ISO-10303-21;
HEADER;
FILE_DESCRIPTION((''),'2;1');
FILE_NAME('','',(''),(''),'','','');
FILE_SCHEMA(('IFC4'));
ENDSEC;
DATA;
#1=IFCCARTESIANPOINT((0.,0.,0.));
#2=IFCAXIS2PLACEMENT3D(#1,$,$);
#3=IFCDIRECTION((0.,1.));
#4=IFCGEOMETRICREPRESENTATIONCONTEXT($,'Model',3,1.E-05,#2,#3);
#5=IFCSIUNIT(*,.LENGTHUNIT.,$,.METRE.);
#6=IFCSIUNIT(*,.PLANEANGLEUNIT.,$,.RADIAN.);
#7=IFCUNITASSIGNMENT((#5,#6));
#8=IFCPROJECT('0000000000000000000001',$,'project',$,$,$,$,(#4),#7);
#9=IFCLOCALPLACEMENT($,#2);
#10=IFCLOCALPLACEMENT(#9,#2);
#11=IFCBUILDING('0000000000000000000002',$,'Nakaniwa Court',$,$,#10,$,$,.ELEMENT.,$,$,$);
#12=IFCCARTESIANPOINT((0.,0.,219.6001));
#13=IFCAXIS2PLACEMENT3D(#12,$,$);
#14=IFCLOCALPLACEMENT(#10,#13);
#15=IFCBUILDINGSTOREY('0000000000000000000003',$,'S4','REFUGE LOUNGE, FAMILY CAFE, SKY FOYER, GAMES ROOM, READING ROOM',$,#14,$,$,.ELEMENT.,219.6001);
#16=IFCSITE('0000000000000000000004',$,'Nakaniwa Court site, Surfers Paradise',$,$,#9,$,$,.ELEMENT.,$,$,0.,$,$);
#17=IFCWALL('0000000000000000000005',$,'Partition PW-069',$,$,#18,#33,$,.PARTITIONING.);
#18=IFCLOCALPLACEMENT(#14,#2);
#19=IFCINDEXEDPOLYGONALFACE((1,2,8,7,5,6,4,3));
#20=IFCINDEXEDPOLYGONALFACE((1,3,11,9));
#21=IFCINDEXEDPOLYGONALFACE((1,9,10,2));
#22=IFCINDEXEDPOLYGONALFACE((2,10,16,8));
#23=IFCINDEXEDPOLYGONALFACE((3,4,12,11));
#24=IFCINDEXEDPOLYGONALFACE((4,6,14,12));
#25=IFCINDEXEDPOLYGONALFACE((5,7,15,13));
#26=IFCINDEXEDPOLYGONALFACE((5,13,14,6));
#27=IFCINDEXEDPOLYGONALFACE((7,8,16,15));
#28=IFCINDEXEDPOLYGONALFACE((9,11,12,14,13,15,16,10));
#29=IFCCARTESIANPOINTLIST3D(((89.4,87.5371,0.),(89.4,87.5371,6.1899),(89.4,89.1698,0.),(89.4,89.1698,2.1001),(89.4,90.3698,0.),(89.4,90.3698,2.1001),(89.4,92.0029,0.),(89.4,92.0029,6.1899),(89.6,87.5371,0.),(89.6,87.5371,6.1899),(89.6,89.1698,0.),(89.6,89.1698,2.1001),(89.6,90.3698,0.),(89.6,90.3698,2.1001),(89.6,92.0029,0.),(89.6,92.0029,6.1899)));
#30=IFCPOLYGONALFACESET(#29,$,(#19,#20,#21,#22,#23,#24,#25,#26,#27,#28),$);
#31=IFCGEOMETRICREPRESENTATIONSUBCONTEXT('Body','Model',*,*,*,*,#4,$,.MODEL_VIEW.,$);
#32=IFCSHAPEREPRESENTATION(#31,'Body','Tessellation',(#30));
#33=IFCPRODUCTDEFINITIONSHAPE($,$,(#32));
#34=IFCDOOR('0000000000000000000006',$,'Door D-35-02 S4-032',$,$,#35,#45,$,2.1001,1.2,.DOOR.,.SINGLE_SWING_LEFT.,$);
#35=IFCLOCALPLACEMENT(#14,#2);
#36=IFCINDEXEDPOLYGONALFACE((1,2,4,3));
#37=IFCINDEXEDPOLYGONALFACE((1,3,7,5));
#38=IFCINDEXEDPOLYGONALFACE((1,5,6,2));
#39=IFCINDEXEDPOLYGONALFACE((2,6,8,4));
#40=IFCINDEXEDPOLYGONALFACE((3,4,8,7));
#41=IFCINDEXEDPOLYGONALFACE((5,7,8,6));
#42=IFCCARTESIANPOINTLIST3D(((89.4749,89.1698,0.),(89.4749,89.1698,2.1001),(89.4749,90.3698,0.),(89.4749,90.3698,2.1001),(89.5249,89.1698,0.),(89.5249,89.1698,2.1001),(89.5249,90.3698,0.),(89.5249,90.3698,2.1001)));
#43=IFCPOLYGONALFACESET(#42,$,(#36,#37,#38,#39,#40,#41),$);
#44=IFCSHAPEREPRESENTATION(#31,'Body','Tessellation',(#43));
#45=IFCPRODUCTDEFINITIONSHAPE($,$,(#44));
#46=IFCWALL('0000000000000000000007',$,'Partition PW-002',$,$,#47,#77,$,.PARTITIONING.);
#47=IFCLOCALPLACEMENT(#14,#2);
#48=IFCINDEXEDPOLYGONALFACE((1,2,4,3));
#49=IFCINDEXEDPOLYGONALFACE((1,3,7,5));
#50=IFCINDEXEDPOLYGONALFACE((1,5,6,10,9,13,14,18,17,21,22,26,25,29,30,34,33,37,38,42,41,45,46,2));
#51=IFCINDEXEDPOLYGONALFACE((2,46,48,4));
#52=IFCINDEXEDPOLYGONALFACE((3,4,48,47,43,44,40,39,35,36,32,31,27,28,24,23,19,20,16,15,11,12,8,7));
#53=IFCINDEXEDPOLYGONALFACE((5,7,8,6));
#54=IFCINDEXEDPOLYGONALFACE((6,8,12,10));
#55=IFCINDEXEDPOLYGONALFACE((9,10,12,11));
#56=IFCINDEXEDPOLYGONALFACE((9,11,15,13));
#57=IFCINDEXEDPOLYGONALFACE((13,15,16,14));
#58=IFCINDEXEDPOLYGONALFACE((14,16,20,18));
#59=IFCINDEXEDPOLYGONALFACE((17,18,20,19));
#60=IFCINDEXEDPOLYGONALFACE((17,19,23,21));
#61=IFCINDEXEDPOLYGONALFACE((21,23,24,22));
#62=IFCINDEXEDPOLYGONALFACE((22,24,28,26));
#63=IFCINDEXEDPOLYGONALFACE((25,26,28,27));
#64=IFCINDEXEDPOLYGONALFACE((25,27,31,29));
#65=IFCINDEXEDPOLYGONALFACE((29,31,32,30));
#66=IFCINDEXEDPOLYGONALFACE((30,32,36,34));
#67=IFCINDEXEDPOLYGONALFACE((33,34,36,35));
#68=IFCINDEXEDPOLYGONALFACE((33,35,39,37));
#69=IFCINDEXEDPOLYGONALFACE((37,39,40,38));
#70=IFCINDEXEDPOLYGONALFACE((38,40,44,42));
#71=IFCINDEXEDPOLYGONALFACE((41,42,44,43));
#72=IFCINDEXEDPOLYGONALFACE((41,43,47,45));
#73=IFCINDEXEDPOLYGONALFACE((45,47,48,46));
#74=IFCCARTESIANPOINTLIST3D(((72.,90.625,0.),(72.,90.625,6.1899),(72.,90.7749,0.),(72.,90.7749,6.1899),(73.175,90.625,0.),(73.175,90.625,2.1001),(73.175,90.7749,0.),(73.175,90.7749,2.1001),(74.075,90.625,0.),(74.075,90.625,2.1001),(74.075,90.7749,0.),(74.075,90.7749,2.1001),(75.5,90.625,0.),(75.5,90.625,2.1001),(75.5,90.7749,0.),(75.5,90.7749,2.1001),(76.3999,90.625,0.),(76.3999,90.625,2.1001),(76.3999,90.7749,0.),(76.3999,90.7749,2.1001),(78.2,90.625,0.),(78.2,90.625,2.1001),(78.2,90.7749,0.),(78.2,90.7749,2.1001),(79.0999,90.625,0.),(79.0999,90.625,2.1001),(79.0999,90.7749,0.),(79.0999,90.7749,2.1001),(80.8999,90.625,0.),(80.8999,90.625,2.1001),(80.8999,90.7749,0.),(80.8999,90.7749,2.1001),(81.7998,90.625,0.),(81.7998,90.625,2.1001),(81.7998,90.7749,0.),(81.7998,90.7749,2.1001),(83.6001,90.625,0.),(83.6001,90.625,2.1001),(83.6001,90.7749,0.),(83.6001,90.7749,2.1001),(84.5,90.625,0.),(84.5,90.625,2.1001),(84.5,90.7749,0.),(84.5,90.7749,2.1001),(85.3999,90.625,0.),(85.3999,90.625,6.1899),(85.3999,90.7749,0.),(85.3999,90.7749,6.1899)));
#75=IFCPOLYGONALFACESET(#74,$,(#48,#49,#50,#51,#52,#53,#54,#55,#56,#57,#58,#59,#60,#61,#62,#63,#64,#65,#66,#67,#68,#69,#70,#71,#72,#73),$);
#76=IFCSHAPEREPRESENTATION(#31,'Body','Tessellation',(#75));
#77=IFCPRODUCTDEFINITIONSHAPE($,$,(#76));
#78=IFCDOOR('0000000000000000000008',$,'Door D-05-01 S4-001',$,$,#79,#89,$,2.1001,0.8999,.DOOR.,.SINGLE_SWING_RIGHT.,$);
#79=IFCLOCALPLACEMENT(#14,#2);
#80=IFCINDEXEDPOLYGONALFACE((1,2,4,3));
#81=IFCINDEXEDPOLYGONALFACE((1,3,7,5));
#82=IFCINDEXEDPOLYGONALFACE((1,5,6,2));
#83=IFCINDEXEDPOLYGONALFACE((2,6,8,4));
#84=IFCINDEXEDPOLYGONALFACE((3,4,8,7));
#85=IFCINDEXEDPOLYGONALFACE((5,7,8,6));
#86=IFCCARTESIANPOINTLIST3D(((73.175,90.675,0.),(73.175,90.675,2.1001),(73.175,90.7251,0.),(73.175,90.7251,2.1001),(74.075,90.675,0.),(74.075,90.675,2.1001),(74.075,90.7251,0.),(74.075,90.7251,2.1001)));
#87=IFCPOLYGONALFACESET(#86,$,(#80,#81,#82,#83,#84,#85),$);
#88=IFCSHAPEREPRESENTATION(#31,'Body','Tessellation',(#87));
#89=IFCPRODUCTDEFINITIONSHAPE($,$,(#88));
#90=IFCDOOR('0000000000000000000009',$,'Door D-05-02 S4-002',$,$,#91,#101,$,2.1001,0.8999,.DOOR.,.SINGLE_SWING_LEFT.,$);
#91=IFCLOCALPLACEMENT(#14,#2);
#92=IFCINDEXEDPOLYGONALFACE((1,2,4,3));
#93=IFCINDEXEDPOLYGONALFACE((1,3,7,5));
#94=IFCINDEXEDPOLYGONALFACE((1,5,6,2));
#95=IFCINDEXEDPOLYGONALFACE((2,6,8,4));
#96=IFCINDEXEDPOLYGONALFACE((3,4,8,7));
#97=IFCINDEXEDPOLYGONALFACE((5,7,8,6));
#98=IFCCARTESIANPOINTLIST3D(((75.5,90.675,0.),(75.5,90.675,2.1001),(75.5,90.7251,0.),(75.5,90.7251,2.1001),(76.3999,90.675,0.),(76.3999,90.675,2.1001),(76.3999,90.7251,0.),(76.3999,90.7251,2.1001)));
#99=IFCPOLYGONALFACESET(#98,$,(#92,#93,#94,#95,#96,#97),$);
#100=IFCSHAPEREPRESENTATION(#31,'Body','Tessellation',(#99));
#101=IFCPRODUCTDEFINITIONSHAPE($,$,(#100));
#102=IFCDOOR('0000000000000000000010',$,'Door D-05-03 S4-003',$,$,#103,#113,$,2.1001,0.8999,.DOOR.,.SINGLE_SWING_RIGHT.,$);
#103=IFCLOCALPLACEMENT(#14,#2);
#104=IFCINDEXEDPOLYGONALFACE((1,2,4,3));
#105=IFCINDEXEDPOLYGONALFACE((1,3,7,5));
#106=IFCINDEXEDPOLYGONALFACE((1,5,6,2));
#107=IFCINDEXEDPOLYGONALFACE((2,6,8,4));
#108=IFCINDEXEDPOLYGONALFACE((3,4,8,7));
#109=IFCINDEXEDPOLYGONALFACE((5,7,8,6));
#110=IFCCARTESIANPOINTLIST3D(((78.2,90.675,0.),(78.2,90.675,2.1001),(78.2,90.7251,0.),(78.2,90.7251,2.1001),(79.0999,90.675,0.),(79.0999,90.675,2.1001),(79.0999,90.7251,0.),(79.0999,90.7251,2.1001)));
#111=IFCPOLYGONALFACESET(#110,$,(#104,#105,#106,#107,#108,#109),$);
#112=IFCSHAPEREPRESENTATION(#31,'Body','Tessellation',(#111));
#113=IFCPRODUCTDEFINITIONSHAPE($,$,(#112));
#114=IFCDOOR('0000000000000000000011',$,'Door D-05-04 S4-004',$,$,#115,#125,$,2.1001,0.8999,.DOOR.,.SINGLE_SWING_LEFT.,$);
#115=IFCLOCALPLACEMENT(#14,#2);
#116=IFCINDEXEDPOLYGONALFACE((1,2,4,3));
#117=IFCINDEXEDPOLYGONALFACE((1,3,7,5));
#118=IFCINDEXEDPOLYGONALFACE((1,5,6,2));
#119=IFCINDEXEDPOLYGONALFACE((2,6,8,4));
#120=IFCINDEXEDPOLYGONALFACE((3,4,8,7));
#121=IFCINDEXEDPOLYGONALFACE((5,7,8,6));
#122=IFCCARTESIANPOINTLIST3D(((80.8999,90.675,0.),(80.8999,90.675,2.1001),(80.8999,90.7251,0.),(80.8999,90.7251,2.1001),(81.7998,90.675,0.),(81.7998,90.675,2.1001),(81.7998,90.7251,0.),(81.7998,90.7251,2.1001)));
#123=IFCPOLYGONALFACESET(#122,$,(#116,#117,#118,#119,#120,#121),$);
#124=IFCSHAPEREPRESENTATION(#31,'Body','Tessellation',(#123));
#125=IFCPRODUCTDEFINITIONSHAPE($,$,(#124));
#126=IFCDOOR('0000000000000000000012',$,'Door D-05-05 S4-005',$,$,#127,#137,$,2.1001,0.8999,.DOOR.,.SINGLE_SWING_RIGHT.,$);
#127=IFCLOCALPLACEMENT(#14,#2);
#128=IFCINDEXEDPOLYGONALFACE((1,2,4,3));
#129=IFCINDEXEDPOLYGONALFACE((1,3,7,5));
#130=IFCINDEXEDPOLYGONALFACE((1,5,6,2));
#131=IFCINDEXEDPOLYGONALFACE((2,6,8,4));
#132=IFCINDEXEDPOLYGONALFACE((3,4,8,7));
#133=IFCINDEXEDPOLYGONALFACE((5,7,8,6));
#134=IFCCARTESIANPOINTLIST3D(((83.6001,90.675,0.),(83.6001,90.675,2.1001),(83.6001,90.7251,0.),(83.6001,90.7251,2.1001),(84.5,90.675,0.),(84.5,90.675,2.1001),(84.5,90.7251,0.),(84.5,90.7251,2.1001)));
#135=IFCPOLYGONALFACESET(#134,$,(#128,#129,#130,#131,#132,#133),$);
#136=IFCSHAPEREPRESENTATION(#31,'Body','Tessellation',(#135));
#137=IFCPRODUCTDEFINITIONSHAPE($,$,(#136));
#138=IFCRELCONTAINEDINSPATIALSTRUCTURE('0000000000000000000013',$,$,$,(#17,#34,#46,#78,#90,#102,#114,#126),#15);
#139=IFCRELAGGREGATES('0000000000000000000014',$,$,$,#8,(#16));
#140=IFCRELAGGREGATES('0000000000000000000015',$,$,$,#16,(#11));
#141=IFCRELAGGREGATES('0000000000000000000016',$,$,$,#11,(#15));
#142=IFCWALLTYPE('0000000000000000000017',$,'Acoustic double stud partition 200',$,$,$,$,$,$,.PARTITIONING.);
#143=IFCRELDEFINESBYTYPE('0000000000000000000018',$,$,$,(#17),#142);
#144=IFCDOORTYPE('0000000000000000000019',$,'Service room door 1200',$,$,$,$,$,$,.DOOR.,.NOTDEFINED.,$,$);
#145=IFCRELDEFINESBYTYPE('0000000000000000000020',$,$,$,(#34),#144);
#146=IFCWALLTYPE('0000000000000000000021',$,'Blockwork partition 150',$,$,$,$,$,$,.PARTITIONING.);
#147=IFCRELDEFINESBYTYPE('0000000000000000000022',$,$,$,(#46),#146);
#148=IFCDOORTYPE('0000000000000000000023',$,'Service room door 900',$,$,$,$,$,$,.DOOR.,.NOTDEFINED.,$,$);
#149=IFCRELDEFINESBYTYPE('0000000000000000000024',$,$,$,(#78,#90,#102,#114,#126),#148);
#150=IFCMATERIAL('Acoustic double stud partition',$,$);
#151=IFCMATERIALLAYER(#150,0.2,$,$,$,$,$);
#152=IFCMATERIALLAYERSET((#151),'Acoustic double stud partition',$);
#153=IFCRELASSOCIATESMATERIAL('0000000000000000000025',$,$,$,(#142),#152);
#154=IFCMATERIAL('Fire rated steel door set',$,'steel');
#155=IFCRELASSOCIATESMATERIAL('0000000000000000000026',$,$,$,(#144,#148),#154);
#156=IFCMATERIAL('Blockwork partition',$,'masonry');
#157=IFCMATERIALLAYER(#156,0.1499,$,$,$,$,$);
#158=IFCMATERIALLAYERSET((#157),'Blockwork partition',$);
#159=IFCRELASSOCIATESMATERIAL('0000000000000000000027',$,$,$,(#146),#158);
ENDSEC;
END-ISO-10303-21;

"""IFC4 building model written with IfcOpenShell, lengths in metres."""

from ifc_helpers import new_model, si_unit, direction, frame, frame_2d, origin, place, context, subcontext, project, spatial, rectangle, extrude, material, layer, layer_set, type_object, element, fill, save


model = new_model("IFC4")

# Units and contexts
model_context = context("Model", 3, precision=1e-05, world=origin(), true_north=direction((0.0, 1.0)))
body_context = subcontext(model_context, "Body", "Model", "MODEL_VIEW")
ifc_project = project(units=[si_unit("LENGTHUNIT", "METRE"), si_unit("PLANEANGLEUNIT", "RADIAN")], contexts=[model_context])

# Site, building, storey
site_placement = place(None, origin())
site = spatial("IfcSite", under=ifc_project, at=site_placement, Name="Nakaniwa Court site, Surfers Paradise", CompositionType="ELEMENT", RefElevation=0.0)
building_placement = place(site_placement, origin())
building = spatial("IfcBuilding", under=site, at=building_placement, Name="Nakaniwa Court", CompositionType="ELEMENT")
storey_placement = place(building_placement, frame((0.0, 0.0, 219.6001)))
storey = spatial("IfcBuildingStorey", under=building, at=storey_placement, Name="S4", Description="REFUGE LOUNGE, FAMILY CAFE, SKY FOYER, GAMES ROOM, READING ROOM", CompositionType="ELEMENT", Elevation=219.6001)

# Shared definitions
ifc_material_1 = material(Name="Acoustic double stud partition")
ifc_layer_1 = layer(ifc_material_1, 0.2)
ifc_layer_set_1 = layer_set([ifc_layer_1], Name="Acoustic double stud partition")
wall_type_1 = type_object("IfcWallType", Name="Acoustic double stud partition 200", PredefinedType="PARTITIONING", material=ifc_layer_set_1)

# Wall, opening, door
wall_1_placement = place(storey_placement, frame((89.5, 92.0029, 0.0), z_axis=(0.0, 0.0, 1.0), x_axis=(0.0, -1.0, 0.0)))
wall_1 = element("IfcWall", 1, at=wall_1_placement, inside=storey, type_object=wall_type_1, Name="Partition PW-069", PredefinedType="PARTITIONING", context=body_context, shape_type="SweptSolid", body=[
    extrude(rectangle(XDim=4.4658, YDim=0.2, at=frame_2d((2.2329, 0.0))), origin(), (0.0, 0.0, 1.0), 6.1899),
])
opening_1_placement = place(wall_1_placement, frame((1.6331, 0.0, 0.0)))
opening_1 = element("IfcOpeningElement", 2, at=opening_1_placement, cuts=wall_1, PredefinedType="OPENING", context=body_context, shape_type="SweptSolid", body=[
    extrude(rectangle(XDim=1.2, YDim=2.1001, at=frame_2d((0.6001, 1.05))), frame((0.0, 0.1099, 0.0), z_axis=(0.0, -1.0, 0.0), x_axis=(1.0, 0.0, 0.0)), (0.0, 0.0, 1.0), 0.22),
])
ifc_material_2 = material(Name="Fire rated steel door set", Category="steel")
door_type_1 = type_object("IfcDoorType", Name="Service room door 1200", OperationType="NOTDEFINED", PredefinedType="DOOR", material=ifc_material_2)
door_1_placement = place(opening_1_placement, origin())
door_1 = element("IfcDoor", 3, at=door_1_placement, inside=storey, type_object=door_type_1, Name="Door D-35-02 S4-032", OperationType="SINGLE_SWING_LEFT", OverallHeight=2.1001, OverallWidth=1.2, PredefinedType="DOOR", context=body_context, shape_type="SweptSolid", body=[
    extrude(rectangle(XDim=1.2, YDim=2.1001, at=frame_2d((0.6001, 1.05))), frame((0.0, 0.0249, 0.0), z_axis=(0.0, -1.0, 0.0), x_axis=(1.0, 0.0, 0.0)), (0.0, 0.0, 1.0), 0.05),
])
fill(opening_1, door_1)

# Wall, openings, doors
ifc_material_3 = material(Name="Blockwork partition", Category="masonry")
ifc_layer_2 = layer(ifc_material_3, 0.1499)
ifc_layer_set_2 = layer_set([ifc_layer_2], Name="Blockwork partition")
wall_type_2 = type_object("IfcWallType", Name="Blockwork partition 150", PredefinedType="PARTITIONING", material=ifc_layer_set_2)
wall_2_placement = place(storey_placement, frame((85.3999, 90.7, 0.0), z_axis=(0.0, 0.0, 1.0), x_axis=(-1.0, 0.0, 0.0)))
wall_2 = element("IfcWall", 4, at=wall_2_placement, inside=storey, type_object=wall_type_2, Name="Partition PW-002", PredefinedType="PARTITIONING", context=body_context, shape_type="SweptSolid", body=[
    extrude(rectangle(XDim=13.3999, YDim=0.1499, at=frame_2d((6.7, 0.0))), origin(), (0.0, 0.0, 1.0), 6.1899),
])
opening_2_placement = place(wall_2_placement, frame((11.325, 0.0, 0.0)))
opening_2 = element("IfcOpeningElement", 5, at=opening_2_placement, cuts=wall_2, PredefinedType="OPENING", context=body_context, shape_type="SweptSolid", body=[
    extrude(rectangle(XDim=0.8999, YDim=2.1001, at=frame_2d((0.45, 1.05))), frame((0.0, 0.085, 0.0), z_axis=(0.0, -1.0, 0.0), x_axis=(1.0, 0.0, 0.0)), (0.0, 0.0, 1.0), 0.1699),
])
opening_3_placement = place(wall_2_placement, frame((9.0, 0.0, 0.0)))
opening_3 = element("IfcOpeningElement", 6, at=opening_3_placement, cuts=wall_2, PredefinedType="OPENING", context=body_context, shape_type="SweptSolid", body=[
    extrude(rectangle(XDim=0.8999, YDim=2.1001, at=frame_2d((0.45, 1.05))), frame((0.0, 0.085, 0.0), z_axis=(0.0, -1.0, 0.0), x_axis=(1.0, 0.0, 0.0)), (0.0, 0.0, 1.0), 0.1699),
])
opening_4_placement = place(wall_2_placement, frame((6.3, 0.0, 0.0)))
opening_4 = element("IfcOpeningElement", 7, at=opening_4_placement, cuts=wall_2, PredefinedType="OPENING", context=body_context, shape_type="SweptSolid", body=[
    extrude(rectangle(XDim=0.8999, YDim=2.1001, at=frame_2d((0.45, 1.05))), frame((0.0, 0.085, 0.0), z_axis=(0.0, -1.0, 0.0), x_axis=(1.0, 0.0, 0.0)), (0.0, 0.0, 1.0), 0.1699),
])
opening_5_placement = place(wall_2_placement, frame((3.6001, 0.0, 0.0)))
opening_5 = element("IfcOpeningElement", 8, at=opening_5_placement, cuts=wall_2, PredefinedType="OPENING", context=body_context, shape_type="SweptSolid", body=[
    extrude(rectangle(XDim=0.8999, YDim=2.1001, at=frame_2d((0.45, 1.05))), frame((0.0, 0.085, 0.0), z_axis=(0.0, -1.0, 0.0), x_axis=(1.0, 0.0, 0.0)), (0.0, 0.0, 1.0), 0.1699),
])
opening_6_placement = place(wall_2_placement, frame((0.8999, 0.0, 0.0)))
opening_6 = element("IfcOpeningElement", 9, at=opening_6_placement, cuts=wall_2, PredefinedType="OPENING", context=body_context, shape_type="SweptSolid", body=[
    extrude(rectangle(XDim=0.8999, YDim=2.1001, at=frame_2d((0.45, 1.05))), frame((0.0, 0.085, 0.0), z_axis=(0.0, -1.0, 0.0), x_axis=(1.0, 0.0, 0.0)), (0.0, 0.0, 1.0), 0.1699),
])
door_type_2 = type_object("IfcDoorType", Name="Service room door 900", OperationType="NOTDEFINED", PredefinedType="DOOR", material=ifc_material_2)
door_2_placement = place(opening_2_placement, origin())
door_2 = element("IfcDoor", 10, at=door_2_placement, inside=storey, type_object=door_type_2, Name="Door D-05-01 S4-001", OperationType="SINGLE_SWING_RIGHT", OverallHeight=2.1001, OverallWidth=0.8999, PredefinedType="DOOR", context=body_context, shape_type="SweptSolid", body=[
    extrude(rectangle(XDim=0.8999, YDim=2.1001, at=frame_2d((0.45, 1.05))), frame((0.0, 0.0249, 0.0), z_axis=(0.0, -1.0, 0.0), x_axis=(1.0, 0.0, 0.0)), (0.0, 0.0, 1.0), 0.05),
])
fill(opening_2, door_2)
door_3_placement = place(opening_3_placement, origin())
door_3 = element("IfcDoor", 11, at=door_3_placement, inside=storey, type_object=door_type_2, Name="Door D-05-02 S4-002", OperationType="SINGLE_SWING_LEFT", OverallHeight=2.1001, OverallWidth=0.8999, PredefinedType="DOOR", context=body_context, shape_type="SweptSolid", body=[
    extrude(rectangle(XDim=0.8999, YDim=2.1001, at=frame_2d((0.45, 1.05))), frame((0.0, 0.0249, 0.0), z_axis=(0.0, -1.0, 0.0), x_axis=(1.0, 0.0, 0.0)), (0.0, 0.0, 1.0), 0.05),
])
fill(opening_3, door_3)
door_4_placement = place(opening_4_placement, origin())
door_4 = element("IfcDoor", 12, at=door_4_placement, inside=storey, type_object=door_type_2, Name="Door D-05-03 S4-003", OperationType="SINGLE_SWING_RIGHT", OverallHeight=2.1001, OverallWidth=0.8999, PredefinedType="DOOR", context=body_context, shape_type="SweptSolid", body=[
    extrude(rectangle(XDim=0.8999, YDim=2.1001, at=frame_2d((0.45, 1.05))), frame((0.0, 0.0249, 0.0), z_axis=(0.0, -1.0, 0.0), x_axis=(1.0, 0.0, 0.0)), (0.0, 0.0, 1.0), 0.05),
])
fill(opening_4, door_4)
door_5_placement = place(opening_5_placement, origin())
door_5 = element("IfcDoor", 13, at=door_5_placement, inside=storey, type_object=door_type_2, Name="Door D-05-04 S4-004", OperationType="SINGLE_SWING_LEFT", OverallHeight=2.1001, OverallWidth=0.8999, PredefinedType="DOOR", context=body_context, shape_type="SweptSolid", body=[
    extrude(rectangle(XDim=0.8999, YDim=2.1001, at=frame_2d((0.45, 1.05))), frame((0.0, 0.0249, 0.0), z_axis=(0.0, -1.0, 0.0), x_axis=(1.0, 0.0, 0.0)), (0.0, 0.0, 1.0), 0.05),
])
fill(opening_5, door_5)
door_6_placement = place(opening_6_placement, origin())
door_6 = element("IfcDoor", 14, at=door_6_placement, inside=storey, type_object=door_type_2, Name="Door D-05-05 S4-005", OperationType="SINGLE_SWING_RIGHT", OverallHeight=2.1001, OverallWidth=0.8999, PredefinedType="DOOR", context=body_context, shape_type="SweptSolid", body=[
    extrude(rectangle(XDim=0.8999, YDim=2.1001, at=frame_2d((0.45, 1.05))), frame((0.0, 0.0249, 0.0), z_axis=(0.0, -1.0, 0.0), x_axis=(1.0, 0.0, 0.0)), (0.0, 0.0, 1.0), 0.05),
])
fill(opening_6, door_6)

save(model, "model.ifc")
